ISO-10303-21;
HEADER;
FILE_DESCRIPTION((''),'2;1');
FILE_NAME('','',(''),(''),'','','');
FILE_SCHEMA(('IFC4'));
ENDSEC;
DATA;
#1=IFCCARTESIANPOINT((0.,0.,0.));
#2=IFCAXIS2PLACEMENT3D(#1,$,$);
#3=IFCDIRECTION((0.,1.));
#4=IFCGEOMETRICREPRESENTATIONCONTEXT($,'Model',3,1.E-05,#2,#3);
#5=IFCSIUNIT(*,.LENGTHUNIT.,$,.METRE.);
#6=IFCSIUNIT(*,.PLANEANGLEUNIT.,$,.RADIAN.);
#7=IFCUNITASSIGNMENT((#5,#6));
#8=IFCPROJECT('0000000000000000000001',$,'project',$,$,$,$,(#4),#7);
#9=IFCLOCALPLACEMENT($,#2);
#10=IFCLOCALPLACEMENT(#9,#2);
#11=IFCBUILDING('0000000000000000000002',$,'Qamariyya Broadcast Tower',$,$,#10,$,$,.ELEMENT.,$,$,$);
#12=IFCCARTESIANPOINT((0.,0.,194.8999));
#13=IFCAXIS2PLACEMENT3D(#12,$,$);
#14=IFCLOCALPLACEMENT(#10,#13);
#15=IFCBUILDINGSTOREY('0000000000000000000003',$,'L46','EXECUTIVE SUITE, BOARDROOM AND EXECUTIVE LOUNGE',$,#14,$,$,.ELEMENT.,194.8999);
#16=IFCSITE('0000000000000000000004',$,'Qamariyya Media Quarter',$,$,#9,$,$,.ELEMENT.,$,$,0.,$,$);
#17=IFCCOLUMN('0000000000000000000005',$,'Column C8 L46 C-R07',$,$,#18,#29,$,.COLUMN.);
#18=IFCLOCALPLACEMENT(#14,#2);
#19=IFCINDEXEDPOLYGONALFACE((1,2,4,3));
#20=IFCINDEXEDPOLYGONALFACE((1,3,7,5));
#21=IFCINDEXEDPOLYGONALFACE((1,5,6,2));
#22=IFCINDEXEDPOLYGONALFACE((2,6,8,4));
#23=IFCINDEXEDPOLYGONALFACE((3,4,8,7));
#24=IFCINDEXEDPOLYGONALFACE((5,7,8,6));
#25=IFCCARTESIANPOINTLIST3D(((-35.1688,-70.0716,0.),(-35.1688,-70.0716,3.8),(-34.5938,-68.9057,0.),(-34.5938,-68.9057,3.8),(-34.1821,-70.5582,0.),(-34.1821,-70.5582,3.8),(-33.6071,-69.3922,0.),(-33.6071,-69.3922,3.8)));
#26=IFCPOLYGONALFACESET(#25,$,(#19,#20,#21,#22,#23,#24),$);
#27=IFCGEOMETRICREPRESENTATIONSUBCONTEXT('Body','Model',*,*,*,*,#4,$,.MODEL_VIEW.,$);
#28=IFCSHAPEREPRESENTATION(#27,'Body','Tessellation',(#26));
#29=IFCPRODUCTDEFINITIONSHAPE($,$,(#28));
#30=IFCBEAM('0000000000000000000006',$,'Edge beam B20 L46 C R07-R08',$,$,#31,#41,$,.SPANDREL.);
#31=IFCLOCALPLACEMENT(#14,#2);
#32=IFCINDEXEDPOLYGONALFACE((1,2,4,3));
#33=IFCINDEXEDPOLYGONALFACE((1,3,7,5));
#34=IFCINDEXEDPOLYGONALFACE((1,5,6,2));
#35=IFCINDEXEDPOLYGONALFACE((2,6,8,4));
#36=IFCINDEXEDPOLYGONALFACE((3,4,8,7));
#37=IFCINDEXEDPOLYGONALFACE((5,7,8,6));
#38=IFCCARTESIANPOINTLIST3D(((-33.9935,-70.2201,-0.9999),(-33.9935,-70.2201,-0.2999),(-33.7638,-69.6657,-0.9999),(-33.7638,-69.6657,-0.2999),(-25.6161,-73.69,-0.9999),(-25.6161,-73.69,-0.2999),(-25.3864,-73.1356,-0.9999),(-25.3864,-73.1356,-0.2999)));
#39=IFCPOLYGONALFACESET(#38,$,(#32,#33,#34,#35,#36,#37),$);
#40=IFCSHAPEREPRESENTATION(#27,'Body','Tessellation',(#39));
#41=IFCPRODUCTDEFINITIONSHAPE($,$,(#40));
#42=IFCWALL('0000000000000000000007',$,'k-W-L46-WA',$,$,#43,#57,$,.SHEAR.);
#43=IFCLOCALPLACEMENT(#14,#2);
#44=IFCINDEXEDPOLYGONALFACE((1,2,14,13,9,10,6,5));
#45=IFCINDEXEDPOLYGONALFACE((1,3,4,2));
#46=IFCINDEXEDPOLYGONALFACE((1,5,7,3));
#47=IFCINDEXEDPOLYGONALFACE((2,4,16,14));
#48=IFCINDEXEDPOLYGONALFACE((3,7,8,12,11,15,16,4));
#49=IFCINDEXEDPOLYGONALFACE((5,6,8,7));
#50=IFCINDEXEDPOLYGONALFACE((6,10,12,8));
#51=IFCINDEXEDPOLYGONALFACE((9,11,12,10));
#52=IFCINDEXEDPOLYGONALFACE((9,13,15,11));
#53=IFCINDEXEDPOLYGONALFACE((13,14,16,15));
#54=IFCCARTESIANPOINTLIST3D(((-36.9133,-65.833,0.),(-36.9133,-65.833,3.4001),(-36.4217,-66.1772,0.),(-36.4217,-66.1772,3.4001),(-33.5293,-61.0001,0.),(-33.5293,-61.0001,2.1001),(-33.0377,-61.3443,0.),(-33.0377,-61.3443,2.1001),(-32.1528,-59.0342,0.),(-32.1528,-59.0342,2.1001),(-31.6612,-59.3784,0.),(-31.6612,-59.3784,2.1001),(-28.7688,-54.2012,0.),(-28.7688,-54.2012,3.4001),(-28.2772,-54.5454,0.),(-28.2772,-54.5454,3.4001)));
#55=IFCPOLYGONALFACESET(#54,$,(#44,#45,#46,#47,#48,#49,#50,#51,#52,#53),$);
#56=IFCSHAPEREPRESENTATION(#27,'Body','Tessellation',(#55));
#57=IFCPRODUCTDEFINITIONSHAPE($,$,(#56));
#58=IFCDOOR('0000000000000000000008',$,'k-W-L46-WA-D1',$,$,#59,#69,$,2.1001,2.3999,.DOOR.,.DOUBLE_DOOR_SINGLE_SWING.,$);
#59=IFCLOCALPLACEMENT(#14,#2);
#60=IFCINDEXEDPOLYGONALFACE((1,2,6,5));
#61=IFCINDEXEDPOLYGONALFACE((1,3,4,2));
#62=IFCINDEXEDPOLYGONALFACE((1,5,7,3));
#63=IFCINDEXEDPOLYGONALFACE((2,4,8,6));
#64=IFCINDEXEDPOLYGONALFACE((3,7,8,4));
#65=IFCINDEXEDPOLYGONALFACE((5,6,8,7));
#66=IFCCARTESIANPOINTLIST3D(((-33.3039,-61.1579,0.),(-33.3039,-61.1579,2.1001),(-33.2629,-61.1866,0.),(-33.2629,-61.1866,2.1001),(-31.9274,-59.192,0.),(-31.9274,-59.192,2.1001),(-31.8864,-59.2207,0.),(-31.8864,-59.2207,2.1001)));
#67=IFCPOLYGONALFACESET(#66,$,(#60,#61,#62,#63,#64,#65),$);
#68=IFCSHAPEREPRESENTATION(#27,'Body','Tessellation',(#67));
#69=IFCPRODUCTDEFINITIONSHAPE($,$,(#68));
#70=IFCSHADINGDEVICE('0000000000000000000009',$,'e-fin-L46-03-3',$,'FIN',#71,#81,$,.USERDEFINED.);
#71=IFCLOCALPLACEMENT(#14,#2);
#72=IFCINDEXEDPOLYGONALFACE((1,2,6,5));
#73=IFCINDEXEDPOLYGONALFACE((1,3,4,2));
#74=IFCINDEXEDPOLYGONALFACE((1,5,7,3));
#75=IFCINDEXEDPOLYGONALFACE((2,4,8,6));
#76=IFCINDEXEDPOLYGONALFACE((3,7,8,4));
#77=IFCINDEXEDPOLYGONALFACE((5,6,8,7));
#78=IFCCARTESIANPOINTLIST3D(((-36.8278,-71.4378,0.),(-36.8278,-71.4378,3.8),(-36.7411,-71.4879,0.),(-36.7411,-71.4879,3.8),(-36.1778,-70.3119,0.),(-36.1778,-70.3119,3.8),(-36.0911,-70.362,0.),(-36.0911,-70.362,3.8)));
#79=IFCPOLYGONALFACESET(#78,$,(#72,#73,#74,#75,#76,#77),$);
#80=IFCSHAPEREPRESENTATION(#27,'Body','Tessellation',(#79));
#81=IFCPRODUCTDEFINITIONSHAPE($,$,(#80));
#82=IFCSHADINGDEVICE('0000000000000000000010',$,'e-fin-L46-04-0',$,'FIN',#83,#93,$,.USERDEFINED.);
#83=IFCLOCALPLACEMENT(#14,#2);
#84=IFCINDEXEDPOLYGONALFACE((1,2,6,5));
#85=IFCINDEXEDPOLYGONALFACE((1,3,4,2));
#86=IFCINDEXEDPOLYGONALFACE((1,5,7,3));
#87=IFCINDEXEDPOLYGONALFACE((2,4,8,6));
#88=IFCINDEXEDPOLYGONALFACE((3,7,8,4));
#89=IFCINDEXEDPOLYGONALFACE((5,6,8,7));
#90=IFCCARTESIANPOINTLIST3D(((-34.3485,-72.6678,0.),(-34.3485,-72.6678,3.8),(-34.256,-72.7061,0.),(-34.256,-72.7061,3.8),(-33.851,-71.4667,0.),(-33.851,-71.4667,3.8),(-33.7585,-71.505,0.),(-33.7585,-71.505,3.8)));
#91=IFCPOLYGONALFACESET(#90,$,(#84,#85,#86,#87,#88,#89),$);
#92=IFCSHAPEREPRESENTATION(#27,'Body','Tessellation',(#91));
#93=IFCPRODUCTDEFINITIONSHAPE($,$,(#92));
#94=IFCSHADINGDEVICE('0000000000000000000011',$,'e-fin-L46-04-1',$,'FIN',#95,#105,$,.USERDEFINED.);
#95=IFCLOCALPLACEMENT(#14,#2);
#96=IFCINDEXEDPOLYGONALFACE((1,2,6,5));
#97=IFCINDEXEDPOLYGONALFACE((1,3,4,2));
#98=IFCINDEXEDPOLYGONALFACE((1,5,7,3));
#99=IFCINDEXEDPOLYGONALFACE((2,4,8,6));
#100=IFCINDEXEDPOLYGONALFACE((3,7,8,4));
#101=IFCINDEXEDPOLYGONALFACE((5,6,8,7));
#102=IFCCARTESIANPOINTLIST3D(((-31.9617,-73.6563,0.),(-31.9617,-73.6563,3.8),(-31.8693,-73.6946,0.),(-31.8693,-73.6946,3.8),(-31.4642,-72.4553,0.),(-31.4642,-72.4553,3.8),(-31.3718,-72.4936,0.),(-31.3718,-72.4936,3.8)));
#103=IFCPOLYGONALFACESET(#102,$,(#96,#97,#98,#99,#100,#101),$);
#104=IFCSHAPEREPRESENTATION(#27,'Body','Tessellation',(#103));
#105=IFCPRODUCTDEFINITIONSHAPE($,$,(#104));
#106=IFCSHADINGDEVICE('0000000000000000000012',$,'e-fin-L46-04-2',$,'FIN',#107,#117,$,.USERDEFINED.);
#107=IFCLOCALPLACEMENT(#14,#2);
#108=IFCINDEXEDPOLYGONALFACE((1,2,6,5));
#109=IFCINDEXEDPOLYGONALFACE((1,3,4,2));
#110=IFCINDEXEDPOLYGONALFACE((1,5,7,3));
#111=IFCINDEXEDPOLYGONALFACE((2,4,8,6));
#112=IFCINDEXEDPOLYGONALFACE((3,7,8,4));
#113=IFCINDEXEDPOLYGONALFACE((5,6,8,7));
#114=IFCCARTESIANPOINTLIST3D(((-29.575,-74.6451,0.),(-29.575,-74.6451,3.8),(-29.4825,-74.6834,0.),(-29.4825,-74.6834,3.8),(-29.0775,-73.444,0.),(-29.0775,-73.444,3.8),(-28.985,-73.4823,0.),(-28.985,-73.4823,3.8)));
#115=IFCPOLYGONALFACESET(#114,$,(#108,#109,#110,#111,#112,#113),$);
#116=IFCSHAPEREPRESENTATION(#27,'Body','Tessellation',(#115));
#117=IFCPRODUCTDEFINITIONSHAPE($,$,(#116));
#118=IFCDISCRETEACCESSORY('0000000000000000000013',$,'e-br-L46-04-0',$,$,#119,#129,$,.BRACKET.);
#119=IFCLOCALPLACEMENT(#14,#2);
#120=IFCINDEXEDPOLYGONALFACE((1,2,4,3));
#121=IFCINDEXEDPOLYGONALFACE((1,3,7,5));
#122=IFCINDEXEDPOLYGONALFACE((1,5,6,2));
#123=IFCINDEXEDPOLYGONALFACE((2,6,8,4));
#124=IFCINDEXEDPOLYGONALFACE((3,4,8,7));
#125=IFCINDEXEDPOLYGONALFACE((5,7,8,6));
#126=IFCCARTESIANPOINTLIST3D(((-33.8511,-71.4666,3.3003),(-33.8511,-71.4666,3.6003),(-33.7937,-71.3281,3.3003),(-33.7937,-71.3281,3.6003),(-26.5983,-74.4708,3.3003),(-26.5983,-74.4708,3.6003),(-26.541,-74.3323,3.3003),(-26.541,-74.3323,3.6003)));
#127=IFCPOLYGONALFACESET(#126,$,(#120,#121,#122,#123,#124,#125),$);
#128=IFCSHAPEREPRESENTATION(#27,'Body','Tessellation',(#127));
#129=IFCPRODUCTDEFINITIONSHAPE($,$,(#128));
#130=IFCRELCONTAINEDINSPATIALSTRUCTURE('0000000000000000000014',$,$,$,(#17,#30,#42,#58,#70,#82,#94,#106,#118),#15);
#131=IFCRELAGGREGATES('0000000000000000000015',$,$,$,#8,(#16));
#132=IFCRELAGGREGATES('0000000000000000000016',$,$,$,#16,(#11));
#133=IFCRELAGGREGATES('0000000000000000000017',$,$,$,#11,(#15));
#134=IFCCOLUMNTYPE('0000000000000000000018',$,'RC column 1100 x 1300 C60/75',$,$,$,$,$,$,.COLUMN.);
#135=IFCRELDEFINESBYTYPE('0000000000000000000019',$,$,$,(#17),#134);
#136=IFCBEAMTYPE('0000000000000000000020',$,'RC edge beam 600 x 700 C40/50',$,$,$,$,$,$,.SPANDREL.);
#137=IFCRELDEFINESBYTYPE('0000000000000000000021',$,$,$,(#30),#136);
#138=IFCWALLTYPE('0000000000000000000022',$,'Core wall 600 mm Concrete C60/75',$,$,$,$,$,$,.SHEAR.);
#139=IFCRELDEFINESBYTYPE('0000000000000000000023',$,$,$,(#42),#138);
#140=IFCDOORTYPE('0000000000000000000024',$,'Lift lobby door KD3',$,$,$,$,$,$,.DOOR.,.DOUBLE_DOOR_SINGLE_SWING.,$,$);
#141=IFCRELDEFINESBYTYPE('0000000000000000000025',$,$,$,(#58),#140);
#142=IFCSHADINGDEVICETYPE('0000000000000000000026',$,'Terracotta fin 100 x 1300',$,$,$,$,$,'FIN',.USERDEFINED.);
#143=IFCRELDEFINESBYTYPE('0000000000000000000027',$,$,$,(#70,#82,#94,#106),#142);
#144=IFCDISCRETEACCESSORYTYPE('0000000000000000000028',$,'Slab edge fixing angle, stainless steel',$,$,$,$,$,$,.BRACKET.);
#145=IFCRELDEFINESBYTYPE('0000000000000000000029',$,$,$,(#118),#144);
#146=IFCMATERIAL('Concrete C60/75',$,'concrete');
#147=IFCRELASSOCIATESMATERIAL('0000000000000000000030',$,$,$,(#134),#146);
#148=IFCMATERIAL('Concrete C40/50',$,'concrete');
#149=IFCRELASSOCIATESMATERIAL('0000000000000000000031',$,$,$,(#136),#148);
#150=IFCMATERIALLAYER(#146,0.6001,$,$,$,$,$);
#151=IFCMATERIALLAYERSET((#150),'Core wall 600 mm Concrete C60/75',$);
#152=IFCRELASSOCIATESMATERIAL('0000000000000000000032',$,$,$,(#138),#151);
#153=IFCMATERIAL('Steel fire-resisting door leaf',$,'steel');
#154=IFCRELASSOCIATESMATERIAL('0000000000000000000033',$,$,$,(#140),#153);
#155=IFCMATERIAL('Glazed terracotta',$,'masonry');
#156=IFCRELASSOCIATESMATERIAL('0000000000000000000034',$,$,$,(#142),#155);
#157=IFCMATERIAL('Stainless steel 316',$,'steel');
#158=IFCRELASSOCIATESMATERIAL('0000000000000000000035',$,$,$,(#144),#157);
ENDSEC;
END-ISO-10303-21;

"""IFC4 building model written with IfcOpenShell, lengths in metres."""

from ifc_helpers import new_model, si_unit, direction, frame, frame_2d, origin, origin_2d, place, context, subcontext, project, spatial, rectangle, extrude, material, layer, layer_set, material_profile, profile_set, type_object, element, fill, save


model = new_model("IFC4")

# Units and contexts
model_context = context("Model", 3, precision=1e-05, world=origin(), true_north=direction((0.0, 1.0)))
body_context = subcontext(model_context, "Body", "Model", "MODEL_VIEW")
ifc_project = project(units=[si_unit("LENGTHUNIT", "METRE"), si_unit("PLANEANGLEUNIT", "RADIAN")], contexts=[model_context])

# Site, building, storey
site_placement = place(None, origin())
site = spatial("IfcSite", under=ifc_project, at=site_placement, Name="Qamariyya Media Quarter", CompositionType="ELEMENT", RefElevation=0.0)
building_placement = place(site_placement, origin())
building = spatial("IfcBuilding", under=site, at=building_placement, Name="Qamariyya Broadcast Tower", CompositionType="ELEMENT")
storey_placement = place(building_placement, frame((0.0, 0.0, 194.8999)))
storey = spatial("IfcBuildingStorey", under=building, at=storey_placement, Name="L46", Description="EXECUTIVE SUITE, BOARDROOM AND EXECUTIVE LOUNGE", CompositionType="ELEMENT", Elevation=194.8999)

# Column
ifc_material_1 = material(Name="Concrete C60/75", Category="concrete")
ifc_material_profile_1 = material_profile(ifc_material_1, rectangle(XDim=1.1001, YDim=1.3, at=origin_2d()))
ifc_profile_set_1 = profile_set([ifc_material_profile_1], Name="Concrete C60/75")
column_type = type_object("IfcColumnType", Name="RC column 1100 x 1300 C60/75", PredefinedType="COLUMN", material=ifc_profile_set_1)
column_placement = place(storey_placement, frame((-34.3879, -69.7319, 0.0), z_axis=(0.0, 0.0, 1.0), x_axis=(0.896873, -0.442289, 0.0)))
element("IfcColumn", 1, at=column_placement, inside=storey, type_object=column_type, Name="Column C8 L46 C-R07", PredefinedType="COLUMN", context=body_context, shape_type="SweptSolid", body=[
    extrude(rectangle(XDim=1.1001, YDim=1.3, at=origin_2d()), origin(), (0.0, 0.0, 1.0), 3.8),
])

# Beam
ifc_material_2 = material(Name="Concrete C40/50", Category="concrete")
ifc_material_profile_2 = material_profile(ifc_material_2, rectangle(XDim=0.6001, YDim=0.7, at=origin_2d()))
ifc_profile_set_2 = profile_set([ifc_material_profile_2], Name="Concrete C40/50")
beam_type = type_object("IfcBeamType", Name="RC edge beam 600 x 700 C40/50", PredefinedType="SPANDREL", material=ifc_profile_set_2)
beam_placement = place(storey_placement, frame((-33.8787, -69.9429, -0.6499), z_axis=(0.923883, -0.382676, 0.0), x_axis=(0.382676, 0.923883, 0.0)))
element("IfcBeam", 2, at=beam_placement, inside=storey, type_object=beam_type, Name="Edge beam B20 L46 C R07-R08", PredefinedType="SPANDREL", context=body_context, shape_type="SweptSolid", body=[
    extrude(rectangle(XDim=0.6001, YDim=0.7, at=origin_2d()), origin(), (0.0, 0.0, 1.0), 9.0676),
])

# Wall, opening, door
ifc_layer = layer(ifc_material_1, 0.6001)
ifc_layer_set = layer_set([ifc_layer], Name="Core wall 600 mm Concrete C60/75")
wall_type = type_object("IfcWallType", Name="Core wall 600 mm Concrete C60/75", PredefinedType="SHEAR", material=ifc_layer_set)
wall_placement = place(storey_placement, frame((-36.6675, -66.0051, 0.0), z_axis=(0.0, 0.0, 1.0), x_axis=(0.573568, 0.819158, 0.0)))
wall = element("IfcWall", 3, at=wall_placement, inside=storey, type_object=wall_type, Name="k-W-L46-WA", PredefinedType="SHEAR", context=body_context, shape_type="SweptSolid", body=[
    extrude(rectangle(XDim=14.1997, YDim=0.6001, at=frame_2d((7.0999, 0.0))), origin(), (0.0, 0.0, 1.0), 3.4001),
])
opening_placement = place(wall_placement, frame((5.8999, 0.0, 0.0)))
opening = element("IfcOpeningElement", 4, at=opening_placement, cuts=wall, PredefinedType="OPENING", context=body_context, shape_type="SweptSolid", body=[
    extrude(rectangle(XDim=2.3999, YDim=2.1001, at=frame_2d((1.2, 1.05))), frame((0.0, 0.3101, 0.0), z_axis=(0.0, -1.0, 0.0), x_axis=(1.0, 0.0, 0.0)), (0.0, 0.0, 1.0), 0.6201),
])
ifc_material_3 = material(Name="Steel fire-resisting door leaf", Category="steel")
door_type = type_object("IfcDoorType", Name="Lift lobby door KD3", OperationType="DOUBLE_DOOR_SINGLE_SWING", PredefinedType="DOOR", material=ifc_material_3)
door_placement = place(opening_placement, origin())
door = element("IfcDoor", 5, at=door_placement, inside=storey, type_object=door_type, Name="k-W-L46-WA-D1", OperationType="DOUBLE_DOOR_SINGLE_SWING", OverallHeight=2.1001, OverallWidth=2.3999, PredefinedType="DOOR", context=body_context, shape_type="SweptSolid", body=[
    extrude(rectangle(XDim=2.3999, YDim=2.1001, at=frame_2d((1.2, 1.05))), frame((0.0, 0.0249, 0.0), z_axis=(0.0, -1.0, 0.0), x_axis=(1.0, 0.0, 0.0)), (0.0, 0.0, 1.0), 0.05),
])
fill(opening, door)

# Shading devices
ifc_material_4 = material(Name="Glazed terracotta", Category="masonry")
ifc_material_profile_3 = material_profile(ifc_material_4, rectangle(XDim=1.3, YDim=0.1001, at=origin_2d()))
ifc_profile_set_3 = profile_set([ifc_material_profile_3], Name="Glazed terracotta")
shading_device_type_1 = type_object("IfcShadingDeviceType", Name="Terracotta fin 100 x 1300", ElementType="FIN", PredefinedType="USERDEFINED", material=ifc_profile_set_3)
for number, where, z_axis, x_axis, name in (
    (6, (-36.4595, -70.8999, 0.0), (0.0, 0.0, 1.0), (-0.5, -0.866025, 0.0), "e-fin-L46-03-3"),
    (7, (-34.0535, -72.0864, 0.0), (0.0, 0.0, 1.0), (-0.382683, -0.92388, 0.0), "e-fin-L46-04-0"),
    (8, (-31.6667, -73.075, 0.0), (0.0, 0.0, 1.0), (-0.382683, -0.92388, 0.0), "e-fin-L46-04-1"),
    (9, (-29.28, -74.0637, 0.0), (0.0, 0.0, 1.0), (-0.382683, -0.92388, 0.0), "e-fin-L46-04-2"),
):
    element("IfcShadingDevice", number, at=place(storey_placement, frame(where, z_axis=z_axis, x_axis=x_axis)), inside=storey, type_object=shading_device_type_1, Name=name, ObjectType="FIN", PredefinedType="USERDEFINED", context=body_context, shape_type="SweptSolid", body=[
        extrude(rectangle(XDim=1.3, YDim=0.1001, at=origin_2d()), origin(), (0.0, 0.0, 1.0), 3.8),
    ])

# Discrete accessory
ifc_material_5 = material(Name="Stainless steel 316", Category="steel")
discrete_accessory_type = type_object("IfcDiscreteAccessoryType", Name="Slab edge fixing angle, stainless steel", PredefinedType="BRACKET", material=ifc_material_5)
discrete_accessory_placement = place(storey_placement, frame((-30.196, -72.8994, 3.3003), z_axis=(0.0, 0.0, 1.0), x_axis=(0.92388, -0.382683, 0.0)))
element("IfcDiscreteAccessory", 10, at=discrete_accessory_placement, inside=storey, type_object=discrete_accessory_type, Name="e-br-L46-04-0", PredefinedType="BRACKET", context=body_context, shape_type="SweptSolid", body=[
    extrude(rectangle(XDim=7.8503, YDim=0.1499, at=origin_2d()), origin(), (0.0, 0.0, 1.0), 0.3),
])

save(model, "model.ifc")
